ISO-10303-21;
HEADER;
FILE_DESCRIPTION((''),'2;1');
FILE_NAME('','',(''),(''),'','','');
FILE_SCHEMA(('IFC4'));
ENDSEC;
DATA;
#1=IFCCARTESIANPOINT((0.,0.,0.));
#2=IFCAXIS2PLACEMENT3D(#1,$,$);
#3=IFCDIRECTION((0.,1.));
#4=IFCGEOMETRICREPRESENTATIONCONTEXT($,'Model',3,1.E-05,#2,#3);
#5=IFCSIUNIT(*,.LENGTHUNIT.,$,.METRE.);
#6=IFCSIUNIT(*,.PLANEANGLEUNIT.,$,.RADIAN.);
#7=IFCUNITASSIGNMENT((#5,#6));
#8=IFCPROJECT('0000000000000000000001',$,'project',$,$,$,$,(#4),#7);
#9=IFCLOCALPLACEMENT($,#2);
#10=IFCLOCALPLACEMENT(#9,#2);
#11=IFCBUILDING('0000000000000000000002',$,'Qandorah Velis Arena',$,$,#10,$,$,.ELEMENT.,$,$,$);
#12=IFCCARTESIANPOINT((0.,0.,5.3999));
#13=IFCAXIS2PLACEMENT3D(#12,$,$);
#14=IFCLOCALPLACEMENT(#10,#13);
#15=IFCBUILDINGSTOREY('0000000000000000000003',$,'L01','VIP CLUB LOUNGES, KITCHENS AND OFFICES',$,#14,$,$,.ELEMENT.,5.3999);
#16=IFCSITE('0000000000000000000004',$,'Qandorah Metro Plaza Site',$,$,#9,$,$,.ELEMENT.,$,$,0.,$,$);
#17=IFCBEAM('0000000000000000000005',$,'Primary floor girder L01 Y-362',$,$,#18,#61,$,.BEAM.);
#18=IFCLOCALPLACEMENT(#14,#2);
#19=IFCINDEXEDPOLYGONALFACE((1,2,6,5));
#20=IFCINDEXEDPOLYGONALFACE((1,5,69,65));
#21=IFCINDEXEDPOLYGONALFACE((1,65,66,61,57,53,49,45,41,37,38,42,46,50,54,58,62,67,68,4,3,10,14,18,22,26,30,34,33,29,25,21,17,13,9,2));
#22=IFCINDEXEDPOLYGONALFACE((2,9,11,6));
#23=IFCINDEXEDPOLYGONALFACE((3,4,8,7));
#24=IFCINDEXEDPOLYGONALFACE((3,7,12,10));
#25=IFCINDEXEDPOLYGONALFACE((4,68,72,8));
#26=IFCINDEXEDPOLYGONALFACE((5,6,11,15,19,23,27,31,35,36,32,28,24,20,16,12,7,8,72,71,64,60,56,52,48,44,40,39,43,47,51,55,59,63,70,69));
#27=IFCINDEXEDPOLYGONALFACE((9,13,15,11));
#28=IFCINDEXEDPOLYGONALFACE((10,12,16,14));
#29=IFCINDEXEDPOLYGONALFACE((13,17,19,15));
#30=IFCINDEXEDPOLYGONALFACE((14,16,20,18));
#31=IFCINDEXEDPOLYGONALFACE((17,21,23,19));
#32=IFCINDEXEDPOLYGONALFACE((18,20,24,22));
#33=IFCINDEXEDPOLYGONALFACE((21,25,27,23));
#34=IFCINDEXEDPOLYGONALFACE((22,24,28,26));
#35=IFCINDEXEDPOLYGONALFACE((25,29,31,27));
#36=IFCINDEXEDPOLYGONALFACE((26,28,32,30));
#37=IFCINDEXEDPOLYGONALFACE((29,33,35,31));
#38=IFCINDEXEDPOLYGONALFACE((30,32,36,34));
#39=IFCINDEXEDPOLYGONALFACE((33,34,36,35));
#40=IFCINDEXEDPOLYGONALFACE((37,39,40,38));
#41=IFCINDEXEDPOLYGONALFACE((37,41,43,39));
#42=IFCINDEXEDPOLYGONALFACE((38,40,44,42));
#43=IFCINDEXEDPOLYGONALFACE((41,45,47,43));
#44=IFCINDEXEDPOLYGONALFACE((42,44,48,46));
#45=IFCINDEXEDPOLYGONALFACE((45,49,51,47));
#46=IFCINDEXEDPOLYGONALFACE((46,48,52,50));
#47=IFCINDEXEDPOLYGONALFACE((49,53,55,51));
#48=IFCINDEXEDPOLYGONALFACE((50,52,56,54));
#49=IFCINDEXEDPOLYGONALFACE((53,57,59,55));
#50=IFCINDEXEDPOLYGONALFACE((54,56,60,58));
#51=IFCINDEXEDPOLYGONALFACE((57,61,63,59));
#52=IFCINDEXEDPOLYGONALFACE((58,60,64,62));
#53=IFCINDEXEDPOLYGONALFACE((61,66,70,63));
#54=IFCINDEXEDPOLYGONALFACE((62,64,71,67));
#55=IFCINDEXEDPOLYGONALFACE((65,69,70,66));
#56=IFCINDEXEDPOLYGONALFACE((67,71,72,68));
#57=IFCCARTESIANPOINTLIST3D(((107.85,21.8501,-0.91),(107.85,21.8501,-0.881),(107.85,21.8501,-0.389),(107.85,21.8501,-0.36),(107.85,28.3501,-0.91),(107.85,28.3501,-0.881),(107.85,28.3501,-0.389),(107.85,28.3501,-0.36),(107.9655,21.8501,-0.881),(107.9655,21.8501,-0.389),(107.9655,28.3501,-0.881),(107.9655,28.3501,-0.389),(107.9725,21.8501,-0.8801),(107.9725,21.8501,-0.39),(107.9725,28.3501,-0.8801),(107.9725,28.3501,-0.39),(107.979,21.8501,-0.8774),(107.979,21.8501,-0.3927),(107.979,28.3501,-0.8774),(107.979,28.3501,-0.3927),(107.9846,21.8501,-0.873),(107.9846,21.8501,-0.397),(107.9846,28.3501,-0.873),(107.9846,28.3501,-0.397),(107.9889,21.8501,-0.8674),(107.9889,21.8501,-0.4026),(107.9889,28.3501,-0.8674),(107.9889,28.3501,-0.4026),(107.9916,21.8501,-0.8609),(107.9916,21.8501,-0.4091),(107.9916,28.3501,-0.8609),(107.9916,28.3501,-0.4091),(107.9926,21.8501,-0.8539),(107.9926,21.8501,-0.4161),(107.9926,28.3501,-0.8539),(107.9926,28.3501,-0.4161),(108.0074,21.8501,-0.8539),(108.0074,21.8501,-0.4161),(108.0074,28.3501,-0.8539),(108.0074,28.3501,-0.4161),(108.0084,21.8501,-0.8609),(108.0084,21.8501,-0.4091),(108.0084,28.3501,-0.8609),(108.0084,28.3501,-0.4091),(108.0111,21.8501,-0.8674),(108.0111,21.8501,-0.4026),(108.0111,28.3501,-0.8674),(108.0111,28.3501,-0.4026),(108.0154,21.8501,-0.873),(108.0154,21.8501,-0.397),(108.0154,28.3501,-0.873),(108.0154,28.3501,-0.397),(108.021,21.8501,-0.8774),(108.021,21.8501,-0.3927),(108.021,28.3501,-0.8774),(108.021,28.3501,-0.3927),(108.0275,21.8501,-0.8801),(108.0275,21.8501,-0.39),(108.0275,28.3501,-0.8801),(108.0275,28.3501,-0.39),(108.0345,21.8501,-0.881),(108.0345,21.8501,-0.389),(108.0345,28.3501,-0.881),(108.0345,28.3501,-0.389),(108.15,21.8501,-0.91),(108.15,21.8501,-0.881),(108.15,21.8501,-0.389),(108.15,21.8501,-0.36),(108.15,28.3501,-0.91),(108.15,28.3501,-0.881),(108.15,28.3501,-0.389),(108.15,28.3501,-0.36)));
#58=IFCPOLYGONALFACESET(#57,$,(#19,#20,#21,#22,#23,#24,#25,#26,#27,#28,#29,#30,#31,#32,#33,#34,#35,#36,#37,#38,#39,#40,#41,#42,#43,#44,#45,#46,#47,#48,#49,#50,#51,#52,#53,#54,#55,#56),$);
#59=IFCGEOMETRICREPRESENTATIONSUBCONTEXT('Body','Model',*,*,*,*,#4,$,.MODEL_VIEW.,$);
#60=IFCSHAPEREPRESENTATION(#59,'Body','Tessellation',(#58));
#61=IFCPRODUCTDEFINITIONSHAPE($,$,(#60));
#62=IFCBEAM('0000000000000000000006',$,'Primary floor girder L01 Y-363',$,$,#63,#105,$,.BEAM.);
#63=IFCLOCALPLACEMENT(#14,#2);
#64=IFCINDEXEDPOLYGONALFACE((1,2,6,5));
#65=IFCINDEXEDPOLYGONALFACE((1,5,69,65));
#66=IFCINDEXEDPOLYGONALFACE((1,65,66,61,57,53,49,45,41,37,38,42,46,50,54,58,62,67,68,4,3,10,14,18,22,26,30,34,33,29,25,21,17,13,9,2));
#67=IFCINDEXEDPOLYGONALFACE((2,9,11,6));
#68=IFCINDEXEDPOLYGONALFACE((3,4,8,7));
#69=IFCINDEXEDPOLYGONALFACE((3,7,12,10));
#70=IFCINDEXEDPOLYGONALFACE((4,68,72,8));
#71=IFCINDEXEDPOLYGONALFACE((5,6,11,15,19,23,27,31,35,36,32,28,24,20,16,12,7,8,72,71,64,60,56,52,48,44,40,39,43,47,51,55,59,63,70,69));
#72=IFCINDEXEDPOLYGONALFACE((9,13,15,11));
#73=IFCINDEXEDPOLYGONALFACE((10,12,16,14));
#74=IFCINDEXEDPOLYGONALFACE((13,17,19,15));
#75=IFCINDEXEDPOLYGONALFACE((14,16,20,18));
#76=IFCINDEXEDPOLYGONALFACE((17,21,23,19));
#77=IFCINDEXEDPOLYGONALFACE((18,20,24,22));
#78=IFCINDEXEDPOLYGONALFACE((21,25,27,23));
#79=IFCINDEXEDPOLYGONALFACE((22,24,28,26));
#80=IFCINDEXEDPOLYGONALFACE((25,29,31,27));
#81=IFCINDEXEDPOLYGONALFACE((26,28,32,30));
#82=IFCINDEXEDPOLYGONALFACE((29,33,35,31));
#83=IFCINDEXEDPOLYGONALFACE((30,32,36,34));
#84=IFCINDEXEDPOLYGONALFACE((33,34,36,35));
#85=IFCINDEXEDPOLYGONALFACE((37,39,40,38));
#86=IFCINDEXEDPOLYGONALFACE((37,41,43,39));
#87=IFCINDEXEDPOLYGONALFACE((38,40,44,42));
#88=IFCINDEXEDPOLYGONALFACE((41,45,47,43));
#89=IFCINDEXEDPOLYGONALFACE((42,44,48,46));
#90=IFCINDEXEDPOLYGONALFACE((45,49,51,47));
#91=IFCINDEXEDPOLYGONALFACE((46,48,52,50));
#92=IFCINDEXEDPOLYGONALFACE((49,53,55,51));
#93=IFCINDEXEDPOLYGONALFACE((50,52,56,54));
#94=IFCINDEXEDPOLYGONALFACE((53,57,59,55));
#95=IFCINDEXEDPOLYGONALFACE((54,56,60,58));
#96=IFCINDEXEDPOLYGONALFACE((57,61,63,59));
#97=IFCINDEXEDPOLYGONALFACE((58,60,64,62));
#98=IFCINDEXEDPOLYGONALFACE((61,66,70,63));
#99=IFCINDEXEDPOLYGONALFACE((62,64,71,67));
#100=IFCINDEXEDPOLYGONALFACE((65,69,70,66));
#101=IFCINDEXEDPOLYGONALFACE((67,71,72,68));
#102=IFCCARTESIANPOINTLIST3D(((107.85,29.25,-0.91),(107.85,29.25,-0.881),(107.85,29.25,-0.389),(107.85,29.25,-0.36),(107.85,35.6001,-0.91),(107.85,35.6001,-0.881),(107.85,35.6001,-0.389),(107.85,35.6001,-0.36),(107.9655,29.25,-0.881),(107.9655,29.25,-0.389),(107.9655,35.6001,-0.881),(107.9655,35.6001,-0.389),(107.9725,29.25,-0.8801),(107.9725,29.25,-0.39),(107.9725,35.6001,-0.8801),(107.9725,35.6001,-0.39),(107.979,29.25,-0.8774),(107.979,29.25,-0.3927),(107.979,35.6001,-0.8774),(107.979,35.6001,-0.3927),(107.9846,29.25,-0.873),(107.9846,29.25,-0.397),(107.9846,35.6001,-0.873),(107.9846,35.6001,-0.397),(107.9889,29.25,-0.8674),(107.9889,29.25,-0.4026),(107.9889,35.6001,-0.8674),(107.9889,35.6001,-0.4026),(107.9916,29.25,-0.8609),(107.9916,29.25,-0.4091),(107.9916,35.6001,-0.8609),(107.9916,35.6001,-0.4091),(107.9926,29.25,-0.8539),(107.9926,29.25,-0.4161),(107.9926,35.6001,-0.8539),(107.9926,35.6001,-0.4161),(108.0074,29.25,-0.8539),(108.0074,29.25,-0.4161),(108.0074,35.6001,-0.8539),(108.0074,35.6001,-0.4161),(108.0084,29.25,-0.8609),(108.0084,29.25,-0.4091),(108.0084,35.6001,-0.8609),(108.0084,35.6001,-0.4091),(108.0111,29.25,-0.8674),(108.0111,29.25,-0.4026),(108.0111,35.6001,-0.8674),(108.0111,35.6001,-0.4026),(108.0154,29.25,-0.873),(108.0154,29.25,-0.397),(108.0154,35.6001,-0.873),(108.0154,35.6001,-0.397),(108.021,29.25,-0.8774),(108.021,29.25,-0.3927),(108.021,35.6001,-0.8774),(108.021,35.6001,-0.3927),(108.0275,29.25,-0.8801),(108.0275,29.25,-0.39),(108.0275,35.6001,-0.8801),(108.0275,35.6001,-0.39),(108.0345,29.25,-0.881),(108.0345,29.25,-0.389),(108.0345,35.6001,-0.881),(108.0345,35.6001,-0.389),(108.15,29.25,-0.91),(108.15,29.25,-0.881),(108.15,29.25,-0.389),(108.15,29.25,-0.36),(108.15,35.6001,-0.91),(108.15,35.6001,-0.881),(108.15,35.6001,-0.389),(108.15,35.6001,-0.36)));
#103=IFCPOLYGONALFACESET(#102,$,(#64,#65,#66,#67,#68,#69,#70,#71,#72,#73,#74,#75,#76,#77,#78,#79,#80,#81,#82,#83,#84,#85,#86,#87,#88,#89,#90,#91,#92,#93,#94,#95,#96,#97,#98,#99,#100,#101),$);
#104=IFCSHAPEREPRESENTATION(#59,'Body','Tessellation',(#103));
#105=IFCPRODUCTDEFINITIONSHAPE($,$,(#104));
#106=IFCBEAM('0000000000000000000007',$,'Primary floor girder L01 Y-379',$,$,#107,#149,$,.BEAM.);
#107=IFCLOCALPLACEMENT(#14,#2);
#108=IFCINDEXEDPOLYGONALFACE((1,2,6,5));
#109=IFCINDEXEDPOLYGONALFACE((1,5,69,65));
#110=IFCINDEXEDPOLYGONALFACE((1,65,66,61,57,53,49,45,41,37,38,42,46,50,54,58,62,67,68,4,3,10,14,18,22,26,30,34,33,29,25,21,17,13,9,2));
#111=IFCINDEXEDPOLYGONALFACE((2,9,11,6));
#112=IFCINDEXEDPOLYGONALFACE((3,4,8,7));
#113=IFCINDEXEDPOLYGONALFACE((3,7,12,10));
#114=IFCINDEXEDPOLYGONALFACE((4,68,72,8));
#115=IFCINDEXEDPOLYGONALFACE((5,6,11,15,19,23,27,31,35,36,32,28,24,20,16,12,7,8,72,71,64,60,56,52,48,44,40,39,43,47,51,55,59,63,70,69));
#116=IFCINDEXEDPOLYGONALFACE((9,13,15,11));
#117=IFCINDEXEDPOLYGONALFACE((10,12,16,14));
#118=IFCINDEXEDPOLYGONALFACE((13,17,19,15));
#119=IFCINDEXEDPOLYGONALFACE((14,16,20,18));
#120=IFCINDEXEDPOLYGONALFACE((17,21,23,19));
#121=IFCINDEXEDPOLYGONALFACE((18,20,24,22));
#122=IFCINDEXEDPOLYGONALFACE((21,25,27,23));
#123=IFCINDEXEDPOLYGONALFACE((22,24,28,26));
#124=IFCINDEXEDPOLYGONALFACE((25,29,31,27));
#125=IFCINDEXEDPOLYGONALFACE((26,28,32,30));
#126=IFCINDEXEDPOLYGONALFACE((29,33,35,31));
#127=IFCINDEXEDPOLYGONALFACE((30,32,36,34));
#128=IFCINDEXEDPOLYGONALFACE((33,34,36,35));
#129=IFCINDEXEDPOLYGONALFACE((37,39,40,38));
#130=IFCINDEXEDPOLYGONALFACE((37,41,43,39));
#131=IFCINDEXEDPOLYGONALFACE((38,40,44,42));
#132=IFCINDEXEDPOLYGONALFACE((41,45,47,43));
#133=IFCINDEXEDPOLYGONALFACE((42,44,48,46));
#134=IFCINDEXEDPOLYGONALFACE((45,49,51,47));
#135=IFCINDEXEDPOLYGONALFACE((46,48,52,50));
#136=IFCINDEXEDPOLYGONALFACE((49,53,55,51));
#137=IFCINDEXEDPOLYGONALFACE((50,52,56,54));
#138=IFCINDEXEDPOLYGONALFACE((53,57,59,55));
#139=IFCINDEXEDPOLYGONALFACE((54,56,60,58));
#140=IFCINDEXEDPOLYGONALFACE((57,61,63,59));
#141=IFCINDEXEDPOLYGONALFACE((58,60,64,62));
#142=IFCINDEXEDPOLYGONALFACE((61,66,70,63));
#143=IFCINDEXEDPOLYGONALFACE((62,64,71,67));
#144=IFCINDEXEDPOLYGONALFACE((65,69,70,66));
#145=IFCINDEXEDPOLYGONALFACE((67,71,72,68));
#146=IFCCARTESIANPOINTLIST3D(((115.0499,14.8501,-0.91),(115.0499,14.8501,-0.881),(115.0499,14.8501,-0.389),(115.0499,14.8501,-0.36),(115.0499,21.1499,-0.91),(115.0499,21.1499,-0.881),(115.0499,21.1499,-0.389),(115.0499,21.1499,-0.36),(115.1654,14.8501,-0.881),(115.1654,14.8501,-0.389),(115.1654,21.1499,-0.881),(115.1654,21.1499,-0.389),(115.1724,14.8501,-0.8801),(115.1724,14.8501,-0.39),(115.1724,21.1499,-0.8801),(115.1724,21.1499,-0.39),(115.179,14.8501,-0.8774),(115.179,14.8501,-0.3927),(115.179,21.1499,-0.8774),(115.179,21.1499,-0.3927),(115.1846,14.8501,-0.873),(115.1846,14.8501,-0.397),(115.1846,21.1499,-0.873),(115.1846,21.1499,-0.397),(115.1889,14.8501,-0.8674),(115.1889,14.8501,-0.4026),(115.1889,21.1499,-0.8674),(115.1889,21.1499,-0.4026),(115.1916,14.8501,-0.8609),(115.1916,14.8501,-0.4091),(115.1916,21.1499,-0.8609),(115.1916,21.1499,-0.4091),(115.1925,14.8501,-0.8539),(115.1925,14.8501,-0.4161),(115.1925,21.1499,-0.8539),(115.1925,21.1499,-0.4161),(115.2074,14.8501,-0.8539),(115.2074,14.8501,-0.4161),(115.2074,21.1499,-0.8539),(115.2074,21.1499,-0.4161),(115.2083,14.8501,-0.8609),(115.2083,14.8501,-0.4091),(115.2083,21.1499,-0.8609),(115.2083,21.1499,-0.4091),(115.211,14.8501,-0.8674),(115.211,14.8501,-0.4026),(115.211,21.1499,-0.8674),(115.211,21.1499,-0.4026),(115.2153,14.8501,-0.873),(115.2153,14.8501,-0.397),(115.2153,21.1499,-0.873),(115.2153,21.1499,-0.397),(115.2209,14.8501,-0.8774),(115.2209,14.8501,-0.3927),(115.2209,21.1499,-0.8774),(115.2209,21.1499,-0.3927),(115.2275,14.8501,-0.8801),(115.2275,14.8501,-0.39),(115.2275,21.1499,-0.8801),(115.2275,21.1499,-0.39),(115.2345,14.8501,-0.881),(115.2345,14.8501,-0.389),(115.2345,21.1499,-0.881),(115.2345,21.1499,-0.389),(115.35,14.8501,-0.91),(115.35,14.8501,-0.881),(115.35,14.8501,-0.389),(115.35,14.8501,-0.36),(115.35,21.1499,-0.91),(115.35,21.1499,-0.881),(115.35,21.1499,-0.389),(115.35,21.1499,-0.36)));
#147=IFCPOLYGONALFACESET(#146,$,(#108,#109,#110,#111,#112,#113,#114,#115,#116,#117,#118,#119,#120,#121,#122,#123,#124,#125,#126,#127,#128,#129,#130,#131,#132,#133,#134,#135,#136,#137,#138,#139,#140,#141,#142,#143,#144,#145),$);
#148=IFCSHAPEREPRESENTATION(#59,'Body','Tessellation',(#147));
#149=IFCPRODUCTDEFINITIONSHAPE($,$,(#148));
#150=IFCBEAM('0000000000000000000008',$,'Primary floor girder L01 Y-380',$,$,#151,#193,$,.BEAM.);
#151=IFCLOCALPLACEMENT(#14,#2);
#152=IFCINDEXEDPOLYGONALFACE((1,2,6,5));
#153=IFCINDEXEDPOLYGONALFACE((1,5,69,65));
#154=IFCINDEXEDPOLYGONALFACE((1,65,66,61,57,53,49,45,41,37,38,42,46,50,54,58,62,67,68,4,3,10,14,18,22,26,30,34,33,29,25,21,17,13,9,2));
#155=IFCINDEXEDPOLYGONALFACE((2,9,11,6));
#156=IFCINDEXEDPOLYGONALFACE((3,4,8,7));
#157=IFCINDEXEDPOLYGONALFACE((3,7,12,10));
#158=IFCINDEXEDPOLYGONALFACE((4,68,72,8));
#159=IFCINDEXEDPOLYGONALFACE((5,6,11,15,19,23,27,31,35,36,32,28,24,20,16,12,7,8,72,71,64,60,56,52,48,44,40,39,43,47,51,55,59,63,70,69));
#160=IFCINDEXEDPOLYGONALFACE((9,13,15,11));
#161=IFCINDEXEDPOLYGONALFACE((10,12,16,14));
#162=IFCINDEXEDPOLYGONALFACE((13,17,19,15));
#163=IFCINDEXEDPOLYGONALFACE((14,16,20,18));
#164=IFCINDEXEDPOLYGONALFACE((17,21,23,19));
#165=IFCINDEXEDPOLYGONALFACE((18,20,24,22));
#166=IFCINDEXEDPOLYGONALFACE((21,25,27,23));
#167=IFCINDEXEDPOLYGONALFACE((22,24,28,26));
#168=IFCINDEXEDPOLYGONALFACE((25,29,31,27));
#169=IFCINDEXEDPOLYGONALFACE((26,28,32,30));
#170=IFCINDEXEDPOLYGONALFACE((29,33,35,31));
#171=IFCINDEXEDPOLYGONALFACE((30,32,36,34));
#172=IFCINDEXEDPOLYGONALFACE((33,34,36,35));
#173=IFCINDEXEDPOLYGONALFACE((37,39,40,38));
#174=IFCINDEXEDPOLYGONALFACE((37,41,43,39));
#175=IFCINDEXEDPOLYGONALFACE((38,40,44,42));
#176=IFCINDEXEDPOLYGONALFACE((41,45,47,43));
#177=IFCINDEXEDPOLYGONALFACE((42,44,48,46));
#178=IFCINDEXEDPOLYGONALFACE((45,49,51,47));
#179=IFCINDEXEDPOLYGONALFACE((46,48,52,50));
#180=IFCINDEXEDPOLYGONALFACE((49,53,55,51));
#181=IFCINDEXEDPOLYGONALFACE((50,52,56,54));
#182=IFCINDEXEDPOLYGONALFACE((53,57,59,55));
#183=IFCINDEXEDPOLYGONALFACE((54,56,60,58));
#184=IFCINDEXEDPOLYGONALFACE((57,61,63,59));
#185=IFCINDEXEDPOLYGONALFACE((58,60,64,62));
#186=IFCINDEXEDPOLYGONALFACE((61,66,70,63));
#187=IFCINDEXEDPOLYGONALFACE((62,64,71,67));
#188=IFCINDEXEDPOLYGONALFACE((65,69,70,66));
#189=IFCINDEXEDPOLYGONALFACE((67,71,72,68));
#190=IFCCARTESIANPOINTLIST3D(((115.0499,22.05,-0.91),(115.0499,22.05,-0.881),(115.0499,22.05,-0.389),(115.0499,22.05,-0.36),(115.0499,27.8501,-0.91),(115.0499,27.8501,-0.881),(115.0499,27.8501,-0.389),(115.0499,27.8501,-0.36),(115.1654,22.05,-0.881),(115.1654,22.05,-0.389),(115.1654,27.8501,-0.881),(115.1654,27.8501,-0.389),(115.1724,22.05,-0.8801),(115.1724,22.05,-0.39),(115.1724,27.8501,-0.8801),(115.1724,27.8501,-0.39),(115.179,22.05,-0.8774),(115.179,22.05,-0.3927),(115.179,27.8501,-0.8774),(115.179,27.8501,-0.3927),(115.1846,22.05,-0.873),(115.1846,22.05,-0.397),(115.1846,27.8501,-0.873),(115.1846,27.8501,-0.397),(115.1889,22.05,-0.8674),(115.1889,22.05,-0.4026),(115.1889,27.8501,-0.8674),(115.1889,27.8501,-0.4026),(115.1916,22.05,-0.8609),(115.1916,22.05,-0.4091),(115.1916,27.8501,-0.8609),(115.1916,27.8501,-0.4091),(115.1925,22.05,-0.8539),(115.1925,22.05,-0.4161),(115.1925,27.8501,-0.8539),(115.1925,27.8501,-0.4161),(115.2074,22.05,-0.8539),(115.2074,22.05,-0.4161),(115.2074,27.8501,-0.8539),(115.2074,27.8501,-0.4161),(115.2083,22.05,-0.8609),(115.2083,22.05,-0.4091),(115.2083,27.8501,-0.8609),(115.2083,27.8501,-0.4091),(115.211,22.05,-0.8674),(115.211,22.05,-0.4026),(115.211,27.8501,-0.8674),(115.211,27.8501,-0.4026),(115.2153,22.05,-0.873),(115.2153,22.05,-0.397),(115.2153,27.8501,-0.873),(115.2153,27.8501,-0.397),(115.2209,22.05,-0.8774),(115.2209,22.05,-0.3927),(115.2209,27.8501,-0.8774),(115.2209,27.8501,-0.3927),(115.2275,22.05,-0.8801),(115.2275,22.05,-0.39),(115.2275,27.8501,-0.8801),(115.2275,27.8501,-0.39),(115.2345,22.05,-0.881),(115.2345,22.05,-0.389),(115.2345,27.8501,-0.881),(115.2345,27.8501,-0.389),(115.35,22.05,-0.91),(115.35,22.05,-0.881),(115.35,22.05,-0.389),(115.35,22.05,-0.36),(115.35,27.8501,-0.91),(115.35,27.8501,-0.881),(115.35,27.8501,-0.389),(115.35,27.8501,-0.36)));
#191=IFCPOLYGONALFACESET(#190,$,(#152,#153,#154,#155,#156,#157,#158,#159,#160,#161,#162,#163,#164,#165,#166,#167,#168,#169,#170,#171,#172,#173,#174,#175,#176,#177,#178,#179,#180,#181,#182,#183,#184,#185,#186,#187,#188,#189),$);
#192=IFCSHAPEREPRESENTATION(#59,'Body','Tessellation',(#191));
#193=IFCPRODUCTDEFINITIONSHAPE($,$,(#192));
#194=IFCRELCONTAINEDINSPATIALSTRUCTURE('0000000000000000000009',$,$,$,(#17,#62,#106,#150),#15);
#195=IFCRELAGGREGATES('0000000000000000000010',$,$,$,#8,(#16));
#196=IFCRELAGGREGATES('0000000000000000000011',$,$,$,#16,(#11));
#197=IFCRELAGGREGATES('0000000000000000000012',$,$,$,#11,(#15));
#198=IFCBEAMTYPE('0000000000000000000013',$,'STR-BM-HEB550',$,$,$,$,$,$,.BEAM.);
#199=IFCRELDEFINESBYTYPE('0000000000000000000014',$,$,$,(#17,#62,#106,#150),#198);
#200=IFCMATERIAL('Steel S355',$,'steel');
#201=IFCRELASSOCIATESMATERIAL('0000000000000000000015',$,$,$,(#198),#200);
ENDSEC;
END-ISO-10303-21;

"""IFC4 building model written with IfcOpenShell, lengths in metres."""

from ifc_helpers import new_model, si_unit, direction, frame, origin, origin_2d, place, context, subcontext, project, spatial, i_section, extrude, material, material_profile, profile_set, type_object, element, save


model = new_model("IFC4")

# Units and contexts
model_context = context("Model", 3, precision=1e-05, world=origin(), true_north=direction((0.0, 1.0)))
body_context = subcontext(model_context, "Body", "Model", "MODEL_VIEW")
ifc_project = project(units=[si_unit("LENGTHUNIT", "METRE"), si_unit("PLANEANGLEUNIT", "RADIAN")], contexts=[model_context])

# Site, building, storey
site_placement = place(None, origin())
site = spatial("IfcSite", under=ifc_project, at=site_placement, Name="Qandorah Metro Plaza Site", CompositionType="ELEMENT", RefElevation=0.0)
building_placement = place(site_placement, origin())
building = spatial("IfcBuilding", under=site, at=building_placement, Name="Qandorah Velis Arena", CompositionType="ELEMENT")
storey_placement = place(building_placement, frame((0.0, 0.0, 5.3999)))
storey = spatial("IfcBuildingStorey", under=building, at=storey_placement, Name="L01", Description="VIP CLUB LOUNGES, KITCHENS AND OFFICES", CompositionType="ELEMENT", Elevation=5.3999)

# Beams
ifc_material_1 = material(Name="Steel S355", Category="steel")
ifc_material_profile_1 = material_profile(ifc_material_1, i_section(OverallWidth=0.3, OverallDepth=0.55, WebThickness=0.0149, FlangeThickness=0.0291, FilletRadius=0.0271, at=origin_2d()), Name="HEB 550")
ifc_profile_set_1 = profile_set([ifc_material_profile_1], Name="Steel S355")
beam_type_1 = type_object("IfcBeamType", Name="STR-BM-HEB550", PredefinedType="BEAM", material=ifc_profile_set_1)
for number, where, z_axis, x_axis, name in (
    (1, (108.0, 21.8501, -0.635), (0.0, 1.0, 0.0), (-1.0, 0.0, 0.0), "Primary floor girder L01 Y-362"),
):
    element("IfcBeam", number, at=place(storey_placement, frame(where, z_axis=z_axis, x_axis=x_axis)), inside=storey, type_object=beam_type_1, Name=name, PredefinedType="BEAM", context=body_context, shape_type="SweptSolid", body=[
        extrude(i_section(OverallWidth=0.3, OverallDepth=0.55, WebThickness=0.0149, FlangeThickness=0.0291, FilletRadius=0.0271, at=origin_2d()), origin(), (0.0, 0.0, 1.0), 6.5),
    ])
beam_1_placement = place(storey_placement, frame((108.0, 29.25, -0.635), z_axis=(0.0, 1.0, 0.0), x_axis=(-1.0, 0.0, 0.0)))
element("IfcBeam", 2, at=beam_1_placement, inside=storey, type_object=beam_type_1, Name="Primary floor girder L01 Y-363", PredefinedType="BEAM", context=body_context, shape_type="SweptSolid", body=[
    extrude(i_section(OverallWidth=0.3, OverallDepth=0.55, WebThickness=0.0149, FlangeThickness=0.0291, FilletRadius=0.0271, at=origin_2d()), origin(), (0.0, 0.0, 1.0), 6.3501),
])
beam_2_placement = place(storey_placement, frame((115.2, 14.8501, -0.635), z_axis=(0.0, 1.0, 0.0), x_axis=(-1.0, 0.0, 0.0)))
element("IfcBeam", 3, at=beam_2_placement, inside=storey, type_object=beam_type_1, Name="Primary floor girder L01 Y-379", PredefinedType="BEAM", context=body_context, shape_type="SweptSolid", body=[
    extrude(i_section(OverallWidth=0.3, OverallDepth=0.55, WebThickness=0.0149, FlangeThickness=0.0291, FilletRadius=0.0271, at=origin_2d()), origin(), (0.0, 0.0, 1.0), 6.2998),
])
beam_3_placement = place(storey_placement, frame((115.2, 22.05, -0.635), z_axis=(0.0, 1.0, 0.0), x_axis=(-1.0, 0.0, 0.0)))
element("IfcBeam", 4, at=beam_3_placement, inside=storey, type_object=beam_type_1, Name="Primary floor girder L01 Y-380", PredefinedType="BEAM", context=body_context, shape_type="SweptSolid", body=[
    extrude(i_section(OverallWidth=0.3, OverallDepth=0.55, WebThickness=0.0149, FlangeThickness=0.0291, FilletRadius=0.0271, at=origin_2d()), origin(), (0.0, 0.0, 1.0), 5.8),
])

save(model, "model.ifc")
